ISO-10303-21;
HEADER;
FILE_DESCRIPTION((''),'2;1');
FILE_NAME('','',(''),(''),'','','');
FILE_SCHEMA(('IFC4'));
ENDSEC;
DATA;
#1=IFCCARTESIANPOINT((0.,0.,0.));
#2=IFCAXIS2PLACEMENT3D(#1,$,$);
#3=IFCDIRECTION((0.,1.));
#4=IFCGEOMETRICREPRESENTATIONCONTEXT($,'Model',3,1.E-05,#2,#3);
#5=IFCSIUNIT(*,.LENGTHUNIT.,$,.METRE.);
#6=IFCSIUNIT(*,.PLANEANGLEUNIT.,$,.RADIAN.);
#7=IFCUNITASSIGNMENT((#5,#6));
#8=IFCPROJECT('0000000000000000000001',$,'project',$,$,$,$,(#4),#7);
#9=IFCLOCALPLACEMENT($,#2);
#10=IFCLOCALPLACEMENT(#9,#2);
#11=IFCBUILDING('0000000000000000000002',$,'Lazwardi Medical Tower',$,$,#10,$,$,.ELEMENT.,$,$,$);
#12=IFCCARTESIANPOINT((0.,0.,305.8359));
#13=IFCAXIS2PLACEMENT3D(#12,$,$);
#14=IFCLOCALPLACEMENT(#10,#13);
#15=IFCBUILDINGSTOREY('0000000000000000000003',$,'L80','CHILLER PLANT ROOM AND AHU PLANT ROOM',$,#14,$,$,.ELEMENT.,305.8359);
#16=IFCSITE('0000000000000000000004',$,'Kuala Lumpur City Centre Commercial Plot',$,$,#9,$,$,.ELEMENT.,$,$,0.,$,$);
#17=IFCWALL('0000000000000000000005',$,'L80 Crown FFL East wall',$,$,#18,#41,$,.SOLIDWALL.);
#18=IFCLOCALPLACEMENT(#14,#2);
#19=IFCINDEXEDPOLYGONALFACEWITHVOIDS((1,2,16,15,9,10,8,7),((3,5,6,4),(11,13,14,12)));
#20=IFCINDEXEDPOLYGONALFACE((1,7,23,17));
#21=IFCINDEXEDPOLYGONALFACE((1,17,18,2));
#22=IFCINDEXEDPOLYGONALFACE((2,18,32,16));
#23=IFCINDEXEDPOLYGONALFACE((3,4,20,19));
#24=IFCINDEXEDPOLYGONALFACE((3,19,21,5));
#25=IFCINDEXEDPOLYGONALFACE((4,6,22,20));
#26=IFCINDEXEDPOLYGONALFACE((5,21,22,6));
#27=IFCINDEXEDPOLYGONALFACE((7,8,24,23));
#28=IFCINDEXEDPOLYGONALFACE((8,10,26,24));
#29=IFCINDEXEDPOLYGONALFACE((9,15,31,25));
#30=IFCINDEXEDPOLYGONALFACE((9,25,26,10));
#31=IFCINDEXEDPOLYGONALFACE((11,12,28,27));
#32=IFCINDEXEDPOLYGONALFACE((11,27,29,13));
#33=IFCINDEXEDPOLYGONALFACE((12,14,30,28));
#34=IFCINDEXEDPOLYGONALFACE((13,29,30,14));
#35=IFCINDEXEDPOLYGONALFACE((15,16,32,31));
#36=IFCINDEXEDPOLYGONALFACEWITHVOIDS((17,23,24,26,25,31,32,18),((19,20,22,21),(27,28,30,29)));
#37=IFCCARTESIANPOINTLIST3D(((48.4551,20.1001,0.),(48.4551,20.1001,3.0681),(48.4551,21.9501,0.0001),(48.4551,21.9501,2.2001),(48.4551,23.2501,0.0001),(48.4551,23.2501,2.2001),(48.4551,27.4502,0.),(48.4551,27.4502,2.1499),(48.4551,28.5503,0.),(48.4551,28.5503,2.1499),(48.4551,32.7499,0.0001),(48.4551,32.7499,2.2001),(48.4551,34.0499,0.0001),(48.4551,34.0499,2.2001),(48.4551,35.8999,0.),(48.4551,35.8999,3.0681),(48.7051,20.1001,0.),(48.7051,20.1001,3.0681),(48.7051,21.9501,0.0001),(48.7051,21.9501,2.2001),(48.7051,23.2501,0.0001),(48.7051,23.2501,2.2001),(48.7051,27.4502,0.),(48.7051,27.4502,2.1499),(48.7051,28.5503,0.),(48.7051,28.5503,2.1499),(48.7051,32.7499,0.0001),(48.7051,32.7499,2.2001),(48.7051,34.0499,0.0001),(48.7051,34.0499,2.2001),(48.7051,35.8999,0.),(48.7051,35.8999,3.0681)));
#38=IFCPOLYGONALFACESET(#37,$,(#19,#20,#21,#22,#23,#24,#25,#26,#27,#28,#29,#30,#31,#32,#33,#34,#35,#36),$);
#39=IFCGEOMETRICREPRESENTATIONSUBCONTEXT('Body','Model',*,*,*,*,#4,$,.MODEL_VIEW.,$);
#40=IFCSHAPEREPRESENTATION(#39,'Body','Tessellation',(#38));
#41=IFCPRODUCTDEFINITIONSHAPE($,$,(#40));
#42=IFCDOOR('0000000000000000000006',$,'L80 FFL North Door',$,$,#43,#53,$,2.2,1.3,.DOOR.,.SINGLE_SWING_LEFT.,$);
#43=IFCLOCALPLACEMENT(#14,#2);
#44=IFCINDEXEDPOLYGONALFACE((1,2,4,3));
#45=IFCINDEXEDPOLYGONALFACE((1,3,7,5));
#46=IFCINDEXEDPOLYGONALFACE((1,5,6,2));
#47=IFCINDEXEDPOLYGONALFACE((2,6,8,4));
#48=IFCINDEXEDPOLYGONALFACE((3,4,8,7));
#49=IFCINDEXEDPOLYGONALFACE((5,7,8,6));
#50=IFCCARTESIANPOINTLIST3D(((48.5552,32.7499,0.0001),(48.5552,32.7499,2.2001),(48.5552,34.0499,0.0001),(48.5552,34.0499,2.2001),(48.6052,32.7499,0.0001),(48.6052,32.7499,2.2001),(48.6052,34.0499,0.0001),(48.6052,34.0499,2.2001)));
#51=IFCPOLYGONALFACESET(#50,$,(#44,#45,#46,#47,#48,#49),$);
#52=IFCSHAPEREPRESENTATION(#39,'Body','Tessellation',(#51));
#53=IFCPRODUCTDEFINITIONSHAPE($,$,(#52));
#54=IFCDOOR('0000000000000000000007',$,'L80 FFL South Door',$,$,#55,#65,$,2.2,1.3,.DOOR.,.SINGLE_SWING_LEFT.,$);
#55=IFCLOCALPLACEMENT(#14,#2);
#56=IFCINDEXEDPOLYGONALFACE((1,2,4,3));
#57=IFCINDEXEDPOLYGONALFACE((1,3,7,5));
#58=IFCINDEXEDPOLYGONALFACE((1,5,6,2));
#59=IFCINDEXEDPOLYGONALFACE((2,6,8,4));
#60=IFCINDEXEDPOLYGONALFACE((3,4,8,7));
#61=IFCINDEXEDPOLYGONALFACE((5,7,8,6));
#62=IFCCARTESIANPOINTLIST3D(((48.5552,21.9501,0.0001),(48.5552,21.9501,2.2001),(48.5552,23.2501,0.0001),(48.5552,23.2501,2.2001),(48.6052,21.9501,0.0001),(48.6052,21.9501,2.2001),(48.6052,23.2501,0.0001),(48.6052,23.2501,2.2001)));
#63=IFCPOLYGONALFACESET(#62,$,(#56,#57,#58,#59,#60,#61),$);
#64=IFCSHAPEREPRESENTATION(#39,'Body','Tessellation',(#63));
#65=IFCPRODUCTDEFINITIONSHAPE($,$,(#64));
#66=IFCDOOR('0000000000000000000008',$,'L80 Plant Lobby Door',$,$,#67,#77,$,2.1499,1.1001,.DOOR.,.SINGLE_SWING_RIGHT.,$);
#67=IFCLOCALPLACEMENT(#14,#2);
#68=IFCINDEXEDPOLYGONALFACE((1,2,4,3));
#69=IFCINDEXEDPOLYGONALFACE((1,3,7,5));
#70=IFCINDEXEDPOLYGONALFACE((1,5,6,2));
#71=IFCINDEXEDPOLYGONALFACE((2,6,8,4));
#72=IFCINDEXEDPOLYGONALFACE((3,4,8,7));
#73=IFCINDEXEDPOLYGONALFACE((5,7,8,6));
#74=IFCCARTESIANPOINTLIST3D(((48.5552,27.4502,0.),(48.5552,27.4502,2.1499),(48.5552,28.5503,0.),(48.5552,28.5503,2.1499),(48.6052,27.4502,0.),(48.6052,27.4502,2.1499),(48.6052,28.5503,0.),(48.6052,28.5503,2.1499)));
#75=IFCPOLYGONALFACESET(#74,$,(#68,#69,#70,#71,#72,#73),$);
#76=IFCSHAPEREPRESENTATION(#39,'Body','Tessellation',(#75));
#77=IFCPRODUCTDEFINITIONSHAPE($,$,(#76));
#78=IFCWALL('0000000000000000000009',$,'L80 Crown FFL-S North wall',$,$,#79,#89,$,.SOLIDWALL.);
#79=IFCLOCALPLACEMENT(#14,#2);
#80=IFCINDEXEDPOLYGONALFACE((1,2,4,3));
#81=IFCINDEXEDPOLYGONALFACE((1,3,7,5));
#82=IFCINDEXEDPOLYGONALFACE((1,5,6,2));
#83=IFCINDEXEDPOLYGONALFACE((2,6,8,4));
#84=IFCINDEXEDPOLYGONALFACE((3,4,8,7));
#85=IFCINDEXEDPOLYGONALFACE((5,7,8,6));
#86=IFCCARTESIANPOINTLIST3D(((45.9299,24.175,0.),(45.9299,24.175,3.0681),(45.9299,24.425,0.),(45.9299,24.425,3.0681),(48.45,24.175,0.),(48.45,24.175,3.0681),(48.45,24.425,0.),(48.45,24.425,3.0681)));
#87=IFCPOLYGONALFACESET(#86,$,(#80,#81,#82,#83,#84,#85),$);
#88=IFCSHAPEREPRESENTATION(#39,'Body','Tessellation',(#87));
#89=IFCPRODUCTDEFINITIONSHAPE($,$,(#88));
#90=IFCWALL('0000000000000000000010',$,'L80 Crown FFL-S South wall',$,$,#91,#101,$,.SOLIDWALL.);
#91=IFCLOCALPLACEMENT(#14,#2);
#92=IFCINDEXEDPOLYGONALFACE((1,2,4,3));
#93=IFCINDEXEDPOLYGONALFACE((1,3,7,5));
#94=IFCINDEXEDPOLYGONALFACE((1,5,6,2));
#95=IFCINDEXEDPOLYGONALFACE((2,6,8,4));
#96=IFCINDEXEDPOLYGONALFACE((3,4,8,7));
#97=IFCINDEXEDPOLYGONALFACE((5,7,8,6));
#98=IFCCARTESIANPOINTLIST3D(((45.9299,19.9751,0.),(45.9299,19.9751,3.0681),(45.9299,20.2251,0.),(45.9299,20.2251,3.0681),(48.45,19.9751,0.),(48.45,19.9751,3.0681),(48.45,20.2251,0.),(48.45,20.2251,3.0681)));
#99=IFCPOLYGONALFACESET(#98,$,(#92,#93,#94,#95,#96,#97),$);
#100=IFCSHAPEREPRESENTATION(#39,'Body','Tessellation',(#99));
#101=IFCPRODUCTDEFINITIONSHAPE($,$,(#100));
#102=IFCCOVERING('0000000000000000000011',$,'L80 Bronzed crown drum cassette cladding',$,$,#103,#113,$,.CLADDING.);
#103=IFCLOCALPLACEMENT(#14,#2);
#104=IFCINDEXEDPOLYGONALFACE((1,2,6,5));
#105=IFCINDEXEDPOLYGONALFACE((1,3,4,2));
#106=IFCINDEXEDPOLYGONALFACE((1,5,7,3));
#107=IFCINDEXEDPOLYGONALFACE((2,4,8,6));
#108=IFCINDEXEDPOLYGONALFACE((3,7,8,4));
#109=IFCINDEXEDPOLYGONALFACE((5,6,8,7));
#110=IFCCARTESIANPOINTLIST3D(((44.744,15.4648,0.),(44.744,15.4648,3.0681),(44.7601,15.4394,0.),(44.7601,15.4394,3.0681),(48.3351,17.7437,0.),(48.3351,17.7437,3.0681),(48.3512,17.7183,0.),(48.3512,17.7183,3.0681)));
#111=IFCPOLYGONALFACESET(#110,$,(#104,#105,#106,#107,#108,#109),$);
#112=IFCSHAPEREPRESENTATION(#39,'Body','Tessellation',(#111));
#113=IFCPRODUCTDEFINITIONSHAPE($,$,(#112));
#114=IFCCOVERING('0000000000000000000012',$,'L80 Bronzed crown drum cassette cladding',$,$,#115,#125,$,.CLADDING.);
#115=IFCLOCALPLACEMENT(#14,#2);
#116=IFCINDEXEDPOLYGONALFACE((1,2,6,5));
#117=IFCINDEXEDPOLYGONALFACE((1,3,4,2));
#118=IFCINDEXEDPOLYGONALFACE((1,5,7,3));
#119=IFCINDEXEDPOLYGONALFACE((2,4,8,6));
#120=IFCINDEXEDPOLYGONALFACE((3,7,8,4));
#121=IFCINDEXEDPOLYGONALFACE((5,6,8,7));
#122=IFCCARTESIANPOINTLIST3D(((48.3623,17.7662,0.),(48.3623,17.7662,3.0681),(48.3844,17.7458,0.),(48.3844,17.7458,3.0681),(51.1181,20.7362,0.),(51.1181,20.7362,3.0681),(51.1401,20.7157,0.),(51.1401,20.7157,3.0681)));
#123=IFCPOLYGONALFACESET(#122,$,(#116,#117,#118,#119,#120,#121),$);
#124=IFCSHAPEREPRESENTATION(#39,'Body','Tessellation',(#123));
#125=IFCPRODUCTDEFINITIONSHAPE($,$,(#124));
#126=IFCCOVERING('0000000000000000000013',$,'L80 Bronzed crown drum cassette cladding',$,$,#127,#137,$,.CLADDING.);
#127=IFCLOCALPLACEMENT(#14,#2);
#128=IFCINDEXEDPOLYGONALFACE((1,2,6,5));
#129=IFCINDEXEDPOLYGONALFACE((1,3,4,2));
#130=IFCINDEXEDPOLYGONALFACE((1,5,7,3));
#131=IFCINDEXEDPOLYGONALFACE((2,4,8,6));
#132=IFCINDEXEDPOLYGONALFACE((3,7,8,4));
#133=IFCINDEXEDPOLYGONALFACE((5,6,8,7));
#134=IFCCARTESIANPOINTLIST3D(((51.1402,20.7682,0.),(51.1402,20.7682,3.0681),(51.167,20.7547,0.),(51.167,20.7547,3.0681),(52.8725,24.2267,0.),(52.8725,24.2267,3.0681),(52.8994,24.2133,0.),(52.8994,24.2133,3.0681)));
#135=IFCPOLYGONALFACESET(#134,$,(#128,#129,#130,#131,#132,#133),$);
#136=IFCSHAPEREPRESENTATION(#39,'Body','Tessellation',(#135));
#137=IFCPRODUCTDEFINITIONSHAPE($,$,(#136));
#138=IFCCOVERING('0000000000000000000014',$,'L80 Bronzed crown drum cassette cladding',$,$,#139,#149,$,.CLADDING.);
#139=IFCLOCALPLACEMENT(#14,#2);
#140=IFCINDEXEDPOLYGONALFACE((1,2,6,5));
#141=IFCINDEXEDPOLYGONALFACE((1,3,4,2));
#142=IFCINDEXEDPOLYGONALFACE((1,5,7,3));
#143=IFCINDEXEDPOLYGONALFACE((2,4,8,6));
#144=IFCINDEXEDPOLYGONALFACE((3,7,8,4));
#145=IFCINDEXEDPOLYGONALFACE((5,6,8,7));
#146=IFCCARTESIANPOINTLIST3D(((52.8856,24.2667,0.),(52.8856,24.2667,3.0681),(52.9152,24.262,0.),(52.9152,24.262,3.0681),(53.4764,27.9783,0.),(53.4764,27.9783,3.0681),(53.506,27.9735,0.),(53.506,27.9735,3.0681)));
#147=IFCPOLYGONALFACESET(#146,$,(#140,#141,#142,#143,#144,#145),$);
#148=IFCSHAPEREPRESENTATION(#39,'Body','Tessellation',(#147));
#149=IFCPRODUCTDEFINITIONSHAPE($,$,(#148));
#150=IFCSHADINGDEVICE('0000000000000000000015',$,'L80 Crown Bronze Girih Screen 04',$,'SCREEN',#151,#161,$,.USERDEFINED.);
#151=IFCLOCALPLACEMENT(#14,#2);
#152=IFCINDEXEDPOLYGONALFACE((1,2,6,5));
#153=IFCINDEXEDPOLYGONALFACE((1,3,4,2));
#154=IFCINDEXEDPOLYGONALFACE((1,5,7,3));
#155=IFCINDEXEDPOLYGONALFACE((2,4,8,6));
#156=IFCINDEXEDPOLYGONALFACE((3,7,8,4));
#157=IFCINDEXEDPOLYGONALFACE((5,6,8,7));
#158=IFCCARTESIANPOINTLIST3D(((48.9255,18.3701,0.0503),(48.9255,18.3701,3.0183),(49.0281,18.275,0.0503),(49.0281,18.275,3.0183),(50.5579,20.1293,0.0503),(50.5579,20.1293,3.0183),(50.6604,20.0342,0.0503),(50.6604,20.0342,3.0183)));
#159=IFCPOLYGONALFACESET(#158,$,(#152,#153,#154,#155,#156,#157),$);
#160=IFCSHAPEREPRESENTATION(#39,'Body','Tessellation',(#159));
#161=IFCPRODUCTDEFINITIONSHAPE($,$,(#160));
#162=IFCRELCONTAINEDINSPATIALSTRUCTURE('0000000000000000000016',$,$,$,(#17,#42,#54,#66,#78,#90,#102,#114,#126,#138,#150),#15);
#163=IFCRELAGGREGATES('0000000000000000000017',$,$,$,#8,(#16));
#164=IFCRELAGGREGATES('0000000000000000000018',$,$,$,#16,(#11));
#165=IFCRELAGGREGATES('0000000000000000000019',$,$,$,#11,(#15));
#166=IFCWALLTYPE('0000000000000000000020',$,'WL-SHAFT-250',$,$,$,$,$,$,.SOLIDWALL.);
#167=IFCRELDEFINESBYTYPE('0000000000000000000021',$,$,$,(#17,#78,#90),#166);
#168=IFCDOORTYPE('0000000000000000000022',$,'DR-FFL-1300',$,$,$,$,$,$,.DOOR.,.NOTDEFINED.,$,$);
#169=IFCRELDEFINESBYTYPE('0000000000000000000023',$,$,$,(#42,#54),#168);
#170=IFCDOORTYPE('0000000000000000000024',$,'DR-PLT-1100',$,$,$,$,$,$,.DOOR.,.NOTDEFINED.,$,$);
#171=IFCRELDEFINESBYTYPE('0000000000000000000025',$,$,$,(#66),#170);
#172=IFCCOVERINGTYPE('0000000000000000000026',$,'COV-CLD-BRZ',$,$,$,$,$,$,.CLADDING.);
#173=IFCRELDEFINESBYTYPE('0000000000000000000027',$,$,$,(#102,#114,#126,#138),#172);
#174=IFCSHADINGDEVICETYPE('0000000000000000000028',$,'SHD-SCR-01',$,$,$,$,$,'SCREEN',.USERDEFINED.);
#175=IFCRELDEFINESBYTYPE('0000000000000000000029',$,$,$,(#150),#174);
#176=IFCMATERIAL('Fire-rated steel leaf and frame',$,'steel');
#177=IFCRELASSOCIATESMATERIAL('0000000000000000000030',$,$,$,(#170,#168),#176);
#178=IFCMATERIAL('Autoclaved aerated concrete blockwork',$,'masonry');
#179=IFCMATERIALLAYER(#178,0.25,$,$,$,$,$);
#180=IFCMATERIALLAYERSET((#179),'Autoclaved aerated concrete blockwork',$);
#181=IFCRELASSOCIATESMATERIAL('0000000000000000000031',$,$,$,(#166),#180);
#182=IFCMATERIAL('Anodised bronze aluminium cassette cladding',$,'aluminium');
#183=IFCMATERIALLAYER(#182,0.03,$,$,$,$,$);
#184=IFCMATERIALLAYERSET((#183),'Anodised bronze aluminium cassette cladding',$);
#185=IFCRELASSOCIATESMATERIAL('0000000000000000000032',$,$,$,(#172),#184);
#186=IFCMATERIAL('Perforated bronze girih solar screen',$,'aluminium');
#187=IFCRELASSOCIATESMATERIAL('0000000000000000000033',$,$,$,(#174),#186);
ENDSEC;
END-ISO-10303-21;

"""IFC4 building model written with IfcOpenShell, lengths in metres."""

from ifc_helpers import new_model, si_unit, direction, frame, frame_2d, origin, origin_2d, place, context, subcontext, project, spatial, rectangle, extrude, material, layer, layer_set, type_object, element, fill, save


model = new_model("IFC4")

# Units and contexts
model_context = context("Model", 3, precision=1e-05, world=origin(), true_north=direction((0.0, 1.0)))
body_context = subcontext(model_context, "Body", "Model", "MODEL_VIEW")
ifc_project = project(units=[si_unit("LENGTHUNIT", "METRE"), si_unit("PLANEANGLEUNIT", "RADIAN")], contexts=[model_context])

# Site, building, storey
site_placement = place(None, origin())
site = spatial("IfcSite", under=ifc_project, at=site_placement, Name="Kuala Lumpur City Centre Commercial Plot", CompositionType="ELEMENT", RefElevation=0.0)
building_placement = place(site_placement, origin())
building = spatial("IfcBuilding", under=site, at=building_placement, Name="Lazwardi Medical Tower", CompositionType="ELEMENT")
storey_placement = place(building_placement, frame((0.0, 0.0, 305.8359)))
storey = spatial("IfcBuildingStorey", under=building, at=storey_placement, Name="L80", Description="CHILLER PLANT ROOM AND AHU PLANT ROOM", CompositionType="ELEMENT", Elevation=305.8359)

# Shared definitions
ifc_material_1 = material(Name="Fire-rated steel leaf and frame", Category="steel")
door_type_1 = type_object("IfcDoorType", Name="DR-PLT-1100", OperationType="NOTDEFINED", PredefinedType="DOOR", material=ifc_material_1)

# Wall, openings, doors
ifc_material_2 = material(Name="Autoclaved aerated concrete blockwork", Category="masonry")
ifc_layer_1 = layer(ifc_material_2, 0.25)
ifc_layer_set_1 = layer_set([ifc_layer_1], Name="Autoclaved aerated concrete blockwork")
wall_type_1 = type_object("IfcWallType", Name="WL-SHAFT-250", PredefinedType="SOLIDWALL", material=ifc_layer_set_1)
wall_1_placement = place(storey_placement, frame((48.5801, 20.1001, 0.0), z_axis=(0.0, 0.0, 1.0), x_axis=(0.0, 1.0, 0.0)))
wall_1 = element("IfcWall", 1, at=wall_1_placement, inside=storey, type_object=wall_type_1, Name="L80 Crown FFL East wall", PredefinedType="SOLIDWALL", context=body_context, shape_type="SweptSolid", body=[
    extrude(rectangle(XDim=15.7998, YDim=0.25, at=frame_2d((7.8999, 0.0))), origin(), (0.0, 0.0, 1.0), 3.0681),
])
opening_1_placement = place(wall_1_placement, frame((12.6499, 0.0, 0.0)))
opening_1 = element("IfcOpeningElement", 2, at=opening_1_placement, cuts=wall_1, PredefinedType="OPENING", context=body_context, shape_type="SweptSolid", body=[
    extrude(rectangle(XDim=1.3, YDim=2.2, at=frame_2d((0.6499, 1.1001))), frame((0.0, 0.135, 0.0), z_axis=(0.0, -1.0, 0.0), x_axis=(1.0, 0.0, 0.0)), (0.0, 0.0, 1.0), 0.27),
])
opening_2_placement = place(wall_1_placement, frame((7.3501, 0.0, 0.0)))
opening_2 = element("IfcOpeningElement", 3, at=opening_2_placement, cuts=wall_1, PredefinedType="OPENING", context=body_context, shape_type="SweptSolid", body=[
    extrude(rectangle(XDim=1.1001, YDim=2.1499, at=frame_2d((0.55, 1.075))), frame((0.0, 0.135, 0.0), z_axis=(0.0, -1.0, 0.0), x_axis=(1.0, 0.0, 0.0)), (0.0, 0.0, 1.0), 0.27),
])
opening_3_placement = place(wall_1_placement, frame((1.8501, 0.0, 0.0)))
opening_3 = element("IfcOpeningElement", 4, at=opening_3_placement, cuts=wall_1, PredefinedType="OPENING", context=body_context, shape_type="SweptSolid", body=[
    extrude(rectangle(XDim=1.3, YDim=2.2, at=frame_2d((0.6499, 1.1001))), frame((0.0, 0.135, 0.0), z_axis=(0.0, -1.0, 0.0), x_axis=(1.0, 0.0, 0.0)), (0.0, 0.0, 1.0), 0.27),
])
door_type_2 = type_object("IfcDoorType", Name="DR-FFL-1300", OperationType="NOTDEFINED", PredefinedType="DOOR", material=ifc_material_1)
door_1_placement = place(opening_1_placement, origin())
door_1 = element("IfcDoor", 5, at=door_1_placement, inside=storey, type_object=door_type_2, Name="L80 FFL North Door", OperationType="SINGLE_SWING_LEFT", OverallHeight=2.2, OverallWidth=1.3, PredefinedType="DOOR", context=body_context, shape_type="SweptSolid", body=[
    extrude(rectangle(XDim=1.3, YDim=2.2, at=frame_2d((0.6499, 1.1001))), frame((0.0, 0.0249, 0.0), z_axis=(0.0, -1.0, 0.0), x_axis=(1.0, 0.0, 0.0)), (0.0, 0.0, 1.0), 0.05),
])
fill(opening_1, door_1)
door_2_placement = place(opening_3_placement, origin())
door_2 = element("IfcDoor", 6, at=door_2_placement, inside=storey, type_object=door_type_2, Name="L80 FFL South Door", OperationType="SINGLE_SWING_LEFT", OverallHeight=2.2, OverallWidth=1.3, PredefinedType="DOOR", context=body_context, shape_type="SweptSolid", body=[
    extrude(rectangle(XDim=1.3, YDim=2.2, at=frame_2d((0.6499, 1.1001))), frame((0.0, 0.0249, 0.0), z_axis=(0.0, -1.0, 0.0), x_axis=(1.0, 0.0, 0.0)), (0.0, 0.0, 1.0), 0.05),
])
fill(opening_3, door_2)
door_3_placement = place(opening_2_placement, origin())
door_3 = element("IfcDoor", 7, at=door_3_placement, inside=storey, type_object=door_type_1, Name="L80 Plant Lobby Door", OperationType="SINGLE_SWING_RIGHT", OverallHeight=2.1499, OverallWidth=1.1001, PredefinedType="DOOR", context=body_context, shape_type="SweptSolid", body=[
    extrude(rectangle(XDim=1.1001, YDim=2.1499, at=frame_2d((0.55, 1.075))), frame((0.0, 0.0249, 0.0), z_axis=(0.0, -1.0, 0.0), x_axis=(1.0, 0.0, 0.0)), (0.0, 0.0, 1.0), 0.05),
])
fill(opening_2, door_3)

# Walls
for number, where, z_axis, x_axis, name in (
    (8, (45.9299, 24.3, 0.0), (0.0, 0.0, 1.0), (1.0, 0.0, 0.0), "L80 Crown FFL-S North wall"),
    (9, (45.9299, 20.1001, 0.0), (0.0, 0.0, 1.0), (1.0, 0.0, 0.0), "L80 Crown FFL-S South wall"),
):
    element("IfcWall", number, at=place(storey_placement, frame(where, z_axis=z_axis, x_axis=x_axis)), inside=storey, type_object=wall_type_1, Name=name, PredefinedType="SOLIDWALL", context=body_context, shape_type="SweptSolid", body=[
        extrude(rectangle(XDim=2.52, YDim=0.25, at=frame_2d((1.26, 0.0))), origin(), (0.0, 0.0, 1.0), 3.0681),
    ])

# Coverings
ifc_material_3 = material(Name="Anodised bronze aluminium cassette cladding", Category="aluminium")
ifc_layer_2 = layer(ifc_material_3, 0.03)
ifc_layer_set_2 = layer_set([ifc_layer_2], Name="Anodised bronze aluminium cassette cladding")
covering_type = type_object("IfcCoveringType", Name="COV-CLD-BRZ", PredefinedType="CLADDING", material=ifc_layer_set_2)
covering_1_placement = place(storey_placement, frame((46.5476, 16.5916, 0.0), z_axis=(0.0, 0.0, 1.0), x_axis=(0.844343, 0.535803, 0.0)))
element("IfcCovering", 10, at=covering_1_placement, inside=storey, type_object=covering_type, Name="L80 Bronzed crown drum cassette cladding", PredefinedType="CLADDING", context=body_context, shape_type="SweptSolid", body=[
    extrude(rectangle(XDim=4.2532, YDim=0.03, at=origin_2d()), origin(), (0.0, 0.0, 1.0), 3.0681),
])
covering_2_placement = place(storey_placement, frame((49.7512, 19.241, 0.0), z_axis=(0.0, 0.0, 1.0), x_axis=(0.680177, 0.733048, 0.0)))
element("IfcCovering", 11, at=covering_2_placement, inside=storey, type_object=covering_type, Name="L80 Bronzed crown drum cassette cladding", PredefinedType="CLADDING", context=body_context, shape_type="SweptSolid", body=[
    extrude(rectangle(XDim=4.0515, YDim=0.03, at=origin_2d()), origin(), (0.0, 0.0, 1.0), 3.0681),
])
covering_3_placement = place(storey_placement, frame((52.0198, 22.4907, 0.0), z_axis=(0.0, 0.0, 1.0), x_axis=(0.447845, 0.894111, 0.0)))
element("IfcCovering", 12, at=covering_3_placement, inside=storey, type_object=covering_type, Name="L80 Bronzed crown drum cassette cladding", PredefinedType="CLADDING", context=body_context, shape_type="SweptSolid", body=[
    extrude(rectangle(XDim=3.8682, YDim=0.03, at=origin_2d()), origin(), (0.0, 0.0, 1.0), 3.0681),
])
covering_4_placement = place(storey_placement, frame((53.1958, 26.1201, 0.0), z_axis=(0.0, 0.0, 1.0), x_axis=(0.157202, 0.987567, 0.0)))
element("IfcCovering", 13, at=covering_4_placement, inside=storey, type_object=covering_type, Name="L80 Bronzed crown drum cassette cladding", PredefinedType="CLADDING", context=body_context, shape_type="SweptSolid", body=[
    extrude(rectangle(XDim=3.7583, YDim=0.03, at=origin_2d()), origin(), (0.0, 0.0, 1.0), 3.0681),
])

# Shading device
ifc_material_4 = material(Name="Perforated bronze girih solar screen", Category="aluminium")
shading_device_type = type_object("IfcShadingDeviceType", Name="SHD-SCR-01", ElementType="SCREEN", PredefinedType="USERDEFINED", material=ifc_material_4)
shading_device_placement = place(storey_placement, frame((49.793, 19.2021, 0.0503), z_axis=(0.0, 0.0, 1.0), x_axis=(0.680177, 0.733048, 0.0)))
element("IfcShadingDevice", 14, at=shading_device_placement, inside=storey, type_object=shading_device_type, Name="L80 Crown Bronze Girih Screen 04", ObjectType="SCREEN", PredefinedType="USERDEFINED", context=body_context, shape_type="SweptSolid", body=[
    extrude(rectangle(XDim=2.3999, YDim=0.1399, at=origin_2d()), origin(), (0.0, 0.0, 1.0), 2.968),
])

save(model, "model.ifc")
